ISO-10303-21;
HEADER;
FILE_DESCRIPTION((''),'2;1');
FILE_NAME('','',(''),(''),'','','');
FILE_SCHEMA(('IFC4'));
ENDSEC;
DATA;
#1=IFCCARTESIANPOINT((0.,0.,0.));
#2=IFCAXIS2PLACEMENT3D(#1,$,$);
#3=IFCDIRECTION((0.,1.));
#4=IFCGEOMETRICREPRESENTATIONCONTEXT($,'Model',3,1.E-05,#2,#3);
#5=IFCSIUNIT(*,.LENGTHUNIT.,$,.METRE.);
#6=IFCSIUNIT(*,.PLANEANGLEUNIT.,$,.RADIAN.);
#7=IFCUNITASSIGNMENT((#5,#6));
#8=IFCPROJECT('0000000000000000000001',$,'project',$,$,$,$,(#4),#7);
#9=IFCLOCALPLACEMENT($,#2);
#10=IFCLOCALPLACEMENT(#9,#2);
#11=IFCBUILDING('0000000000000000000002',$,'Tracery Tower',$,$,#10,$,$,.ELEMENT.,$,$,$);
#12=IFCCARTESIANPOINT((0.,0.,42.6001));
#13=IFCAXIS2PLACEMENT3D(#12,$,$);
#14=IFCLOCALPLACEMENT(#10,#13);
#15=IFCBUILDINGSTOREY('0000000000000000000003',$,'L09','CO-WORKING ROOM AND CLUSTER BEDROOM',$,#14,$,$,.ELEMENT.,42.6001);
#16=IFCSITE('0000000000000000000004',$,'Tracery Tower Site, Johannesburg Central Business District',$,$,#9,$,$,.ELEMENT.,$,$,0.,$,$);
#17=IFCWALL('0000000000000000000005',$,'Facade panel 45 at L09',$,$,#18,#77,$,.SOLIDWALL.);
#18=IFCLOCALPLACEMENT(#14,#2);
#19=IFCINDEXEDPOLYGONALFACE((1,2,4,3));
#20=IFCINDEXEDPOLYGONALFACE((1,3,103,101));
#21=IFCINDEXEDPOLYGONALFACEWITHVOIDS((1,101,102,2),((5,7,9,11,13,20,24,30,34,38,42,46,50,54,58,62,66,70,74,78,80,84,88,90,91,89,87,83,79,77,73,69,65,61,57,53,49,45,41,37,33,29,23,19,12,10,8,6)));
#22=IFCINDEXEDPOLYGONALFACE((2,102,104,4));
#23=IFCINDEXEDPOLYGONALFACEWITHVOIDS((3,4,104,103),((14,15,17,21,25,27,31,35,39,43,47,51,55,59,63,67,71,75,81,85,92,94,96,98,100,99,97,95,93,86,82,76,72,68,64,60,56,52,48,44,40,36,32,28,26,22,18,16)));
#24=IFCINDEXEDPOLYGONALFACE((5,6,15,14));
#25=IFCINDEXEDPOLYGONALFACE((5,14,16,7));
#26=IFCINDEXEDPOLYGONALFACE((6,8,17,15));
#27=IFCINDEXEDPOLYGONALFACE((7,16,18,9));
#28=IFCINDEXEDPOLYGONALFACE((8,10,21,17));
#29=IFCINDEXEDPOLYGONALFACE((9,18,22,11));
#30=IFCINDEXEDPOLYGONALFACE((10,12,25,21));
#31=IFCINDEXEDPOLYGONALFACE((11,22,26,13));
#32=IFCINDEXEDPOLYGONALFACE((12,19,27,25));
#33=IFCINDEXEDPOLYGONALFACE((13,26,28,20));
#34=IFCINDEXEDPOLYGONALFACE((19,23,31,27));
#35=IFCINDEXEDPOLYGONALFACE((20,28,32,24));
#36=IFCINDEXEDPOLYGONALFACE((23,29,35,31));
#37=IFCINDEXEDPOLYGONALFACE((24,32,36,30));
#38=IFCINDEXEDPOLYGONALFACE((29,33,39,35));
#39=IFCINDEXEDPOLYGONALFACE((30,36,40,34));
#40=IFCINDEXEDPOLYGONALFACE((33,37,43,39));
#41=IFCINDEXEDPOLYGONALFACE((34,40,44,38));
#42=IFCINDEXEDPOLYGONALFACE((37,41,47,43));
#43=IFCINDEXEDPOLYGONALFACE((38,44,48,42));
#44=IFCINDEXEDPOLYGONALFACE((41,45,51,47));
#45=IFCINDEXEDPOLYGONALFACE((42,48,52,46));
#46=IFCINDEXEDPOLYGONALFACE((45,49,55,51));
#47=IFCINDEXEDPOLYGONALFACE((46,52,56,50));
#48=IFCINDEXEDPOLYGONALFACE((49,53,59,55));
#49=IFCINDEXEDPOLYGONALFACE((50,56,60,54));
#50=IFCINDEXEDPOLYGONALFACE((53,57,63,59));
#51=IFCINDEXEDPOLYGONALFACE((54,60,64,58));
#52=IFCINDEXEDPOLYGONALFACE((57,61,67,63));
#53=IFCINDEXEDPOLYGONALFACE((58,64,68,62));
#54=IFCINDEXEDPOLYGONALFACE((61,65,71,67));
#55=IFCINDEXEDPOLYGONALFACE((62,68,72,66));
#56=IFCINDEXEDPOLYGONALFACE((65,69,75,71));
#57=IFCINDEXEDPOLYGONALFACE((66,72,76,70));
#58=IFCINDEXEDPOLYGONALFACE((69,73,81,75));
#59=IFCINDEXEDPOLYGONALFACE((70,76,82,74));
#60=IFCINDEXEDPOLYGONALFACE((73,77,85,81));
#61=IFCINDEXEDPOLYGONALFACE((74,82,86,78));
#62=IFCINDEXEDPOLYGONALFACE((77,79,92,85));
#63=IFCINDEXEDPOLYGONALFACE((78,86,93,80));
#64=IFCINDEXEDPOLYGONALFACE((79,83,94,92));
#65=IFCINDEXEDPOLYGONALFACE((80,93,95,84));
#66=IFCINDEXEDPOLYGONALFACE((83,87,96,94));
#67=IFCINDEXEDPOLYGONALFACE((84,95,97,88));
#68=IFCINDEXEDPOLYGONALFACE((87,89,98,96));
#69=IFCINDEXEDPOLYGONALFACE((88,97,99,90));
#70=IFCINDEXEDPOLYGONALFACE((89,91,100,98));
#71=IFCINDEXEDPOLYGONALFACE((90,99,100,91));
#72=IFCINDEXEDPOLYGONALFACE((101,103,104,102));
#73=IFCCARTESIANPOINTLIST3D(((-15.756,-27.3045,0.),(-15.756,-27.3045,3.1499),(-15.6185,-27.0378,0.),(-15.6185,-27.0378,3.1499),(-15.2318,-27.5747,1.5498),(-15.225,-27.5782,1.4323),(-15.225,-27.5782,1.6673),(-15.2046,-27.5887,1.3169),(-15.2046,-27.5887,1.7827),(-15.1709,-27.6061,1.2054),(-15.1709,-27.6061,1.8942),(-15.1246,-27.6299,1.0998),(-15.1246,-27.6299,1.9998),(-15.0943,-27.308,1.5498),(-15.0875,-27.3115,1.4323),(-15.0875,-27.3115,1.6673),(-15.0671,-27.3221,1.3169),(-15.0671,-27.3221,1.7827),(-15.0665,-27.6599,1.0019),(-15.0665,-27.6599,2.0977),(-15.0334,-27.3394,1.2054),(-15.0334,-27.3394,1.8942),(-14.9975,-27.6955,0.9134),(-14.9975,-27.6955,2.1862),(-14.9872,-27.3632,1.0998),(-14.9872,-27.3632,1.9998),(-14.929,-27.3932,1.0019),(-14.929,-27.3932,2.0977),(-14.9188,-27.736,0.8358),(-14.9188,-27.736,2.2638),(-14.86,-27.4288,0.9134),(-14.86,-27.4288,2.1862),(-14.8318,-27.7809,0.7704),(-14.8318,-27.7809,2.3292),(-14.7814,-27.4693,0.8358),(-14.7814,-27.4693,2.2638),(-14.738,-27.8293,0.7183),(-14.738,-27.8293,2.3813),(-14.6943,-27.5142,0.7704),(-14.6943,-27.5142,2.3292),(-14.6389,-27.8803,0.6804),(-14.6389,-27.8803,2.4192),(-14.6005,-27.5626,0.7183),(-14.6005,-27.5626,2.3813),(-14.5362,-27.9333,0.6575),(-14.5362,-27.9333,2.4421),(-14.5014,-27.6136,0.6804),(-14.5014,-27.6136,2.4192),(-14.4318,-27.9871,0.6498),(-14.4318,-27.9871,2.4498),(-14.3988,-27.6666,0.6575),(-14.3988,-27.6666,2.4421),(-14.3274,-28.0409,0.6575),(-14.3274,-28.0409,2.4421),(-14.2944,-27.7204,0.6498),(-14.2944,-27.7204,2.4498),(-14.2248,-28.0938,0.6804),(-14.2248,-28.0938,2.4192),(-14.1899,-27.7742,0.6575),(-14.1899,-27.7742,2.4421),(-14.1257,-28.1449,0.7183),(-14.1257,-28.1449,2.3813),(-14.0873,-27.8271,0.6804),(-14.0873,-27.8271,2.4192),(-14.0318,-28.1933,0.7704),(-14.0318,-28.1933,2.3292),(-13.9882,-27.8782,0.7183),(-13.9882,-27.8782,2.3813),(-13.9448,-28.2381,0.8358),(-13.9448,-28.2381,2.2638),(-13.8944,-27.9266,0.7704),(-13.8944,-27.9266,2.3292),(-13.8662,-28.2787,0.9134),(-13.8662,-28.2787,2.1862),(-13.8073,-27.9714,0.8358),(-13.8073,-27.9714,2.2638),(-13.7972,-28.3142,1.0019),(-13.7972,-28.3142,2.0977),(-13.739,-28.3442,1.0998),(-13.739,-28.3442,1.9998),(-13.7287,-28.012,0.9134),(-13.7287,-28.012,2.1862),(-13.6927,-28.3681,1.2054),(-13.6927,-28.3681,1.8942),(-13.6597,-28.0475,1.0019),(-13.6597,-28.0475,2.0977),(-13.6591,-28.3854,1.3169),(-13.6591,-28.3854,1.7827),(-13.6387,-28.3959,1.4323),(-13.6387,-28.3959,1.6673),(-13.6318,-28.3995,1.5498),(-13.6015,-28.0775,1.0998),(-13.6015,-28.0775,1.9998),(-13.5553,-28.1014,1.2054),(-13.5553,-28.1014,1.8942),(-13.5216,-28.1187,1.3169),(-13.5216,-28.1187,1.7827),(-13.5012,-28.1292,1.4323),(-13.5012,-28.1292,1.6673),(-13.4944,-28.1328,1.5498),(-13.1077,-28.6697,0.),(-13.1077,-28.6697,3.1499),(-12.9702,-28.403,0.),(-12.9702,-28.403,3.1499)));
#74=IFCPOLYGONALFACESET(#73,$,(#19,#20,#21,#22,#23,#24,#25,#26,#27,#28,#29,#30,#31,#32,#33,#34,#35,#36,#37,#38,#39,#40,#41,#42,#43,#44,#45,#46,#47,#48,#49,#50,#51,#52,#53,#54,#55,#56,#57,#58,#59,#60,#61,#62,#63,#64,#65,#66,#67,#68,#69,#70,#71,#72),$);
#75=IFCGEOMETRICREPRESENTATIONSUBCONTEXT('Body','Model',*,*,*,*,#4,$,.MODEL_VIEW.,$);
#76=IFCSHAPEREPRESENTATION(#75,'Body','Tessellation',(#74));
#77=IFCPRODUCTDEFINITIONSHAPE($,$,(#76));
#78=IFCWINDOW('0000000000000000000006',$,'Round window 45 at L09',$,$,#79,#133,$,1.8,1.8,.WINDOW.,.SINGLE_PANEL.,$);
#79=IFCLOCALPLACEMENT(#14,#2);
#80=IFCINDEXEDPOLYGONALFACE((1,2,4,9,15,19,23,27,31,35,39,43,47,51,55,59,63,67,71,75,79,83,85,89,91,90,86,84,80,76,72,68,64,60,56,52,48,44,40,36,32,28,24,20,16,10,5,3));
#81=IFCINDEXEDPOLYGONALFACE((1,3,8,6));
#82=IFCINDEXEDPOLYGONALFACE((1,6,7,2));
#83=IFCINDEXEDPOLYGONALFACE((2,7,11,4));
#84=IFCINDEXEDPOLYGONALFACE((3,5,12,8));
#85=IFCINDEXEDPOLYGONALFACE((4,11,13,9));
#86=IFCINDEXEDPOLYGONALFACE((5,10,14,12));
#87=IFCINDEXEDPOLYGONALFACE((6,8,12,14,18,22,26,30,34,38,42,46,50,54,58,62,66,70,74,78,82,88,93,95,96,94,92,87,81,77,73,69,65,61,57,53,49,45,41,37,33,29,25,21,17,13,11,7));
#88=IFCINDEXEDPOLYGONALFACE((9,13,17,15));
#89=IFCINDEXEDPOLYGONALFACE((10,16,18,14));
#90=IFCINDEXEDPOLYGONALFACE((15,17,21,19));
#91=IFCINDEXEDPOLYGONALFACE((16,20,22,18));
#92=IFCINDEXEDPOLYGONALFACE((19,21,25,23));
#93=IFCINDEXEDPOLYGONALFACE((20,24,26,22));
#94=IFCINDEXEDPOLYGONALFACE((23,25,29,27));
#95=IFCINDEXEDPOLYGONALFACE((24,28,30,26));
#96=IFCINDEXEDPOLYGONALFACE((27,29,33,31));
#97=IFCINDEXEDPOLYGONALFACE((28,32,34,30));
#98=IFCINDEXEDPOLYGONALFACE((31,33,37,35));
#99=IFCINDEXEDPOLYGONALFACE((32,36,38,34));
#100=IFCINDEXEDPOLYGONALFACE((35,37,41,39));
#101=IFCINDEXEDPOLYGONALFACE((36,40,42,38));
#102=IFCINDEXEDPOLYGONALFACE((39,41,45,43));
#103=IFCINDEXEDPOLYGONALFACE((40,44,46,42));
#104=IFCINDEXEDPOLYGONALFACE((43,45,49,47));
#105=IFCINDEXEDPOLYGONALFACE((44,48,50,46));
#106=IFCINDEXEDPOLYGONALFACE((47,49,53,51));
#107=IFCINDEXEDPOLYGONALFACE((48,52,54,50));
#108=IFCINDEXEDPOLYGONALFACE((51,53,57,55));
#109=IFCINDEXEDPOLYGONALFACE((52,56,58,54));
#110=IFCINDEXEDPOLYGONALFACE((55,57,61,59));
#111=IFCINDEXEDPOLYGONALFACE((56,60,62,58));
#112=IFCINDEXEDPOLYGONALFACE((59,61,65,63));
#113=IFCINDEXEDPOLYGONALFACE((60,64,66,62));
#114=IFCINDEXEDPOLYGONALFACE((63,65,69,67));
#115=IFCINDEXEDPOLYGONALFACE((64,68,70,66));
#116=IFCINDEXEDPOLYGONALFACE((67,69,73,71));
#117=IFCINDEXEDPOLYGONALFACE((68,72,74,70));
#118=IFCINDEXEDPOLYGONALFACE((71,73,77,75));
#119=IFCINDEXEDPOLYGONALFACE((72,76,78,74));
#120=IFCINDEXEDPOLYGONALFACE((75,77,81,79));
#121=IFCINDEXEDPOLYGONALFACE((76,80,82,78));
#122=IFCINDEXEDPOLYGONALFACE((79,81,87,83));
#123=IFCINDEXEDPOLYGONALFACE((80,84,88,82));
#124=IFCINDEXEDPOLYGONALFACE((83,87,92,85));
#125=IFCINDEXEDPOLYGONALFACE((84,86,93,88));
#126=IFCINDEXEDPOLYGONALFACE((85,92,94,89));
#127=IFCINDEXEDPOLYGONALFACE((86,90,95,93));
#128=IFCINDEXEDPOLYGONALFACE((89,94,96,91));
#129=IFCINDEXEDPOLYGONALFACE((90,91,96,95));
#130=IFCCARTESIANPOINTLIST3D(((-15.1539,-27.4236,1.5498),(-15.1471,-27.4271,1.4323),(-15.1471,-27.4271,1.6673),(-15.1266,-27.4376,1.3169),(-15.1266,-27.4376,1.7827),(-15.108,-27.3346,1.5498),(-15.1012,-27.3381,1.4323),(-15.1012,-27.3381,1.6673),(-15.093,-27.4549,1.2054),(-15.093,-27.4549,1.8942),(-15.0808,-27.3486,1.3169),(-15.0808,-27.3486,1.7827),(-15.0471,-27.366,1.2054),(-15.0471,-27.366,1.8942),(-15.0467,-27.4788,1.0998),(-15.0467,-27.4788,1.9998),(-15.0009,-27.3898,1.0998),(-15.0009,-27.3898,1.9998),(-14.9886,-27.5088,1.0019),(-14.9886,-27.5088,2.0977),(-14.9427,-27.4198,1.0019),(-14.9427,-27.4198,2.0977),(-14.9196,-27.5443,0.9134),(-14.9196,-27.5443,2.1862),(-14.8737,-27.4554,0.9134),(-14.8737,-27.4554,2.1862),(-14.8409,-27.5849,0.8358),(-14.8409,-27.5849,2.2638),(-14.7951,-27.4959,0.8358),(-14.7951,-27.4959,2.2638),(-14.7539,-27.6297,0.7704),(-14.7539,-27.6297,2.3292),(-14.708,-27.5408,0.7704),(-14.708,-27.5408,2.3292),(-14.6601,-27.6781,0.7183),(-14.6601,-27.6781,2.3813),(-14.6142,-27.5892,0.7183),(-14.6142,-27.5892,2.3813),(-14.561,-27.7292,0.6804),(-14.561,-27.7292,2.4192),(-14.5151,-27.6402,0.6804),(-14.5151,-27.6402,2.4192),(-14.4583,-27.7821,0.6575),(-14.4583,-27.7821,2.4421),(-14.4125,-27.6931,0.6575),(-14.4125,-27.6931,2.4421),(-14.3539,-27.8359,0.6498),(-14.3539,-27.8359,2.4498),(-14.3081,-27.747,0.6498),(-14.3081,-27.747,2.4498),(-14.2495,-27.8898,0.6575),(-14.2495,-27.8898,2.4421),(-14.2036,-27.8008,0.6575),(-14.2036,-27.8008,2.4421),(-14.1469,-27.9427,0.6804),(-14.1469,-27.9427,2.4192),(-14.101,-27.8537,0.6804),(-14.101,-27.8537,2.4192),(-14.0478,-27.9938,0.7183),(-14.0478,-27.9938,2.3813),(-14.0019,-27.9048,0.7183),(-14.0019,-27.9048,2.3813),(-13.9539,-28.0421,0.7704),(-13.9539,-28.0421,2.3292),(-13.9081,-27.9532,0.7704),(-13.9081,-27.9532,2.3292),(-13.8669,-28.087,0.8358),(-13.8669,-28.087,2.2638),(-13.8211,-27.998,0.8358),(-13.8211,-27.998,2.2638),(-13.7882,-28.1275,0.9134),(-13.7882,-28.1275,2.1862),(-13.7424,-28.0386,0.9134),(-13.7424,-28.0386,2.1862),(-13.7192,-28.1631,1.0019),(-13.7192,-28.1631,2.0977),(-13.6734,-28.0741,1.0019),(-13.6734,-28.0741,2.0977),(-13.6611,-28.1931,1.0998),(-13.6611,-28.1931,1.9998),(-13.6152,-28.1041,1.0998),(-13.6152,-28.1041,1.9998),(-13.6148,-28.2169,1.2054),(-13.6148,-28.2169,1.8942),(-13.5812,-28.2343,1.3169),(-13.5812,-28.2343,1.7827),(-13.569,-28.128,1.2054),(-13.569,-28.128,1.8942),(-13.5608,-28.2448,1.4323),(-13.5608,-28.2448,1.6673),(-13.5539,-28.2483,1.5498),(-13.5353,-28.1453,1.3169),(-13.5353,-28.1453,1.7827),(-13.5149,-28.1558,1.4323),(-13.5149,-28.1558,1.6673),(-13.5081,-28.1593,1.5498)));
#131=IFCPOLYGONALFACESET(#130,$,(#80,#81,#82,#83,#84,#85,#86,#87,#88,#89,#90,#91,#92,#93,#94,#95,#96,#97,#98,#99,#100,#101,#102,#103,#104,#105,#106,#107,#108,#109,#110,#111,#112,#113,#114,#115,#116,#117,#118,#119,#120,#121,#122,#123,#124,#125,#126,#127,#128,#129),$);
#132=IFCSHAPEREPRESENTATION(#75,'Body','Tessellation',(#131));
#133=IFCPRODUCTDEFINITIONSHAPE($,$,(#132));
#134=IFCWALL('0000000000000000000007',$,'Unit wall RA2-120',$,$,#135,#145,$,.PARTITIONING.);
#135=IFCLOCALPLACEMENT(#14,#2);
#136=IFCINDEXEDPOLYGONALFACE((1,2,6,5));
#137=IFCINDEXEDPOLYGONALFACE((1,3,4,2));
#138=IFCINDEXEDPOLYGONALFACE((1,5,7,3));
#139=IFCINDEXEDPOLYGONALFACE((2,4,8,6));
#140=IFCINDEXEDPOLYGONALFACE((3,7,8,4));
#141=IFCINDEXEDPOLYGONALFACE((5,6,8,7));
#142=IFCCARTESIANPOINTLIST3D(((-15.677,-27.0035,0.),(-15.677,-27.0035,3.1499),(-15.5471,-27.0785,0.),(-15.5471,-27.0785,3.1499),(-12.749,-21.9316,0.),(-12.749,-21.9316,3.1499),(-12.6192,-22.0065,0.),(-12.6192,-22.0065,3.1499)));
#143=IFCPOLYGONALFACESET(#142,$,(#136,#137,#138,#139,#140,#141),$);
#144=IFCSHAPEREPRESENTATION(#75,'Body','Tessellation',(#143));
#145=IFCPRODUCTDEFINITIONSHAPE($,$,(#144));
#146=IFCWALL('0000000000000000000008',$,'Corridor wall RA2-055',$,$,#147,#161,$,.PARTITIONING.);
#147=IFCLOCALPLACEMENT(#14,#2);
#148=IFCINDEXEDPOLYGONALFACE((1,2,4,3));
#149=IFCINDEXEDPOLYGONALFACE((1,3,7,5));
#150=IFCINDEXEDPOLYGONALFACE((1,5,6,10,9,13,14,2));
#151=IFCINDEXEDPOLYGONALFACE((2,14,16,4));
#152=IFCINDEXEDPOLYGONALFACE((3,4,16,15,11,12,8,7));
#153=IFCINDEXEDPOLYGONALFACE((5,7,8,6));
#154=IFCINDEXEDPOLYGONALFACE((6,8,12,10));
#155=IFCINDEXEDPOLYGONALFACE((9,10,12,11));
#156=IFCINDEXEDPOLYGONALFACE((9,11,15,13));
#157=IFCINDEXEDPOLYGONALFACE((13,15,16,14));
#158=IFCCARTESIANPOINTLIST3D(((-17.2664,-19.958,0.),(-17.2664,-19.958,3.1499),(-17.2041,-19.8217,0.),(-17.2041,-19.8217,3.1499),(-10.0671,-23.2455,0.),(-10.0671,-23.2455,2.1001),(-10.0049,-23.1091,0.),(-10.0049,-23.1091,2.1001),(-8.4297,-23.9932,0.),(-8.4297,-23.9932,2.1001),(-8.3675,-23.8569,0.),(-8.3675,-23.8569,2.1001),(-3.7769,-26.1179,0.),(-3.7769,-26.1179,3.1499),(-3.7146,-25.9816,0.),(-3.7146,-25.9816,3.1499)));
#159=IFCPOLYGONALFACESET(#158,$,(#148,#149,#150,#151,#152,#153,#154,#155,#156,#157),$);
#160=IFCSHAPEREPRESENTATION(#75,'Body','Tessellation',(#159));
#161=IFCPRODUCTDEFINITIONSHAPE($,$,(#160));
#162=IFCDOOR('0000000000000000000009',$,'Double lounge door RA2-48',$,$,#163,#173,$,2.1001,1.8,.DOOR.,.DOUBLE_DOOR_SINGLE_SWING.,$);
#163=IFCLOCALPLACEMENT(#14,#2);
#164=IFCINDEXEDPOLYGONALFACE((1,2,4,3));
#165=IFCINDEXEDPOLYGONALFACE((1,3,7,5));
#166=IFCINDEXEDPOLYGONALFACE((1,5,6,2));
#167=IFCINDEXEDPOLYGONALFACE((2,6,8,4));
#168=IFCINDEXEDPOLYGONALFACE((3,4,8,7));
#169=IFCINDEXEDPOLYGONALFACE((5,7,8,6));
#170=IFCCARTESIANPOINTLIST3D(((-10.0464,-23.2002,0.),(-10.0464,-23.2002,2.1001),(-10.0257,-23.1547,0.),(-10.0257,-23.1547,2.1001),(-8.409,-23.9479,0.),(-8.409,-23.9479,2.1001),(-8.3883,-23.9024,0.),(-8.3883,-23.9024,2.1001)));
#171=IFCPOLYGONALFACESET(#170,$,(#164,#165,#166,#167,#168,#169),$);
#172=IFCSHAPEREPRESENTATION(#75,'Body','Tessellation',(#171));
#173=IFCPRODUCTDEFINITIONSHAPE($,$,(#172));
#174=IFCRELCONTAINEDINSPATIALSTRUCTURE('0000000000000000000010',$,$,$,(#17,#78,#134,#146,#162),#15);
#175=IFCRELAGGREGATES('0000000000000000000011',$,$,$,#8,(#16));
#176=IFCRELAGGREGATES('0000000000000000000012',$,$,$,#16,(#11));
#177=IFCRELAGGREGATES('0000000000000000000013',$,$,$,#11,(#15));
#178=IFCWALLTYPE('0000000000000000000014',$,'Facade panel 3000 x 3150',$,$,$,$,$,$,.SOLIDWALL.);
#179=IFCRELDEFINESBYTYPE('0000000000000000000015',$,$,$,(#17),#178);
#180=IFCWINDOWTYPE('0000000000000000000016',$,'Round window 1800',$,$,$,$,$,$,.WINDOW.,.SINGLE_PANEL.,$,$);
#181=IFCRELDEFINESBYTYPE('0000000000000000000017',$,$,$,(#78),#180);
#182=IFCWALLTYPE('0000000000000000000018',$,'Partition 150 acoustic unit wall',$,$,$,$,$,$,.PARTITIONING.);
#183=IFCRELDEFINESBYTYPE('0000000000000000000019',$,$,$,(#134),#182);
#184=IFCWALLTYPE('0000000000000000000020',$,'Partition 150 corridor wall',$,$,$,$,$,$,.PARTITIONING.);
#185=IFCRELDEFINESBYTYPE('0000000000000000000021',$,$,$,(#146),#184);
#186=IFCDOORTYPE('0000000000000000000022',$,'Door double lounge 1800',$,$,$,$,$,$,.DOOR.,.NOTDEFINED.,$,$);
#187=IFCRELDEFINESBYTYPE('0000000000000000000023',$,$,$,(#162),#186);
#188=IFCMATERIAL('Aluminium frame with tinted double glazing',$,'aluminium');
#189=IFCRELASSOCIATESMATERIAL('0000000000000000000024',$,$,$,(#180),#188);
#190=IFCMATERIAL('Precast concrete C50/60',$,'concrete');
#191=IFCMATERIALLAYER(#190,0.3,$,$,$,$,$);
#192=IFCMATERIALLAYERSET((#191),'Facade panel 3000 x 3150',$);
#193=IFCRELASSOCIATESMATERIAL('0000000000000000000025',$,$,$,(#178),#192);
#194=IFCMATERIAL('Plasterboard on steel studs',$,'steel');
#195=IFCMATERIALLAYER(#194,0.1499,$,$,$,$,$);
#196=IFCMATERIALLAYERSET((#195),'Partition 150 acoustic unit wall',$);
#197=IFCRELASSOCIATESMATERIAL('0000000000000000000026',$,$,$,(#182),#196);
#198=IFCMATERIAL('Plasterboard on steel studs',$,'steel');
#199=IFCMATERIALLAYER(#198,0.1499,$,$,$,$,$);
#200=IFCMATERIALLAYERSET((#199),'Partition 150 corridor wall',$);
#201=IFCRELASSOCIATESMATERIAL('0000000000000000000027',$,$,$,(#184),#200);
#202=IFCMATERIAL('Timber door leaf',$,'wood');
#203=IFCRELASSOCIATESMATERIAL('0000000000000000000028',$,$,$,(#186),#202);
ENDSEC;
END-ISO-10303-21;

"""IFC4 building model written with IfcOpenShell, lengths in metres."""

from ifc_helpers import new_model, si_unit, direction, frame, frame_2d, origin, origin_2d, place, context, subcontext, project, spatial, rectangle, circle, extrude, material, layer, layer_set, type_object, element, fill, save


model = new_model("IFC4")

# Units and contexts
model_context = context("Model", 3, precision=1e-05, world=origin(), true_north=direction((0.0, 1.0)))
body_context = subcontext(model_context, "Body", "Model", "MODEL_VIEW")
ifc_project = project(units=[si_unit("LENGTHUNIT", "METRE"), si_unit("PLANEANGLEUNIT", "RADIAN")], contexts=[model_context])

# Site, building, storey
site_placement = place(None, origin())
site = spatial("IfcSite", under=ifc_project, at=site_placement, Name="Tracery Tower Site, Johannesburg Central Business District", CompositionType="ELEMENT", RefElevation=0.0)
building_placement = place(site_placement, origin())
building = spatial("IfcBuilding", under=site, at=building_placement, Name="Tracery Tower", CompositionType="ELEMENT")
storey_placement = place(building_placement, frame((0.0, 0.0, 42.6001)))
storey = spatial("IfcBuildingStorey", under=building, at=storey_placement, Name="L09", Description="CO-WORKING ROOM AND CLUSTER BEDROOM", CompositionType="ELEMENT", Elevation=42.6001)

# Wall, opening, window
ifc_material_1 = material(Name="Aluminium frame with tinted double glazing", Category="aluminium")
window_type = type_object("IfcWindowType", Name="Round window 1800", PartitioningType="SINGLE_PANEL", PredefinedType="WINDOW", material=ifc_material_1)
ifc_material_2 = material(Name="Precast concrete C50/60", Category="concrete")
ifc_layer_1 = layer(ifc_material_2, 0.3)
ifc_layer_set_1 = layer_set([ifc_layer_1], Name="Facade panel 3000 x 3150")
wall_type_1 = type_object("IfcWallType", Name="Facade panel 3000 x 3150", PredefinedType="SOLIDWALL", material=ifc_layer_set_1)
wall_1_placement = place(storey_placement, frame((-15.6873, -27.1711, 0.0), z_axis=(0.0, 0.0, 1.0), x_axis=(0.888853, -0.458192, 0.0)))
wall_1 = element("IfcWall", 1, at=wall_1_placement, inside=storey, type_object=wall_type_1, Name="Facade panel 45 at L09", PredefinedType="SOLIDWALL", context=body_context, shape_type="SweptSolid", body=[
    extrude(rectangle(XDim=2.9795, YDim=0.3, at=frame_2d((1.4897, 0.0))), origin(), (0.0, 0.0, 1.0), 3.1499),
])
opening_1_placement = place(wall_1_placement, frame((1.4897, 0.0, 1.5498)))
opening_1 = element("IfcOpeningElement", 2, at=opening_1_placement, cuts=wall_1, PredefinedType="OPENING", context=body_context, shape_type="SweptSolid", body=[
    extrude(circle(Radius=0.9, at=origin_2d()), frame((0.0, 0.1599, 0.0), z_axis=(0.0, -1.0, 0.0), x_axis=(1.0, 0.0, 0.0)), (0.0, 0.0, 1.0), 0.3201),
])
window_1_placement = place(opening_1_placement, origin())
window_1 = element("IfcWindow", 3, at=window_1_placement, inside=storey, type_object=window_type, Name="Round window 45 at L09", OverallHeight=1.8, OverallWidth=1.8, PartitioningType="SINGLE_PANEL", PredefinedType="WINDOW", context=body_context, shape_type="SweptSolid", body=[
    extrude(circle(Radius=0.9, at=origin_2d()), frame((0.0, 0.1201, 0.0), z_axis=(0.0, -1.0, 0.0), x_axis=(1.0, 0.0, 0.0)), (0.0, 0.0, 1.0), 0.1001),
])
fill(opening_1, window_1)

# Wall
ifc_material_3 = material(Name="Plasterboard on steel studs", Category="steel")
ifc_layer_2 = layer(ifc_material_3, 0.1499)
ifc_layer_set_2 = layer_set([ifc_layer_2], Name="Partition 150 acoustic unit wall")
wall_type_2 = type_object("IfcWallType", Name="Partition 150 acoustic unit wall", PredefinedType="PARTITIONING", material=ifc_layer_set_2)
wall_2_placement = place(storey_placement, frame((-15.6121, -27.041, 0.0), z_axis=(0.0, 0.0, 1.0), x_axis=(0.499955, 0.866052, 0.0)))
element("IfcWall", 4, at=wall_2_placement, inside=storey, type_object=wall_type_2, Name="Unit wall RA2-120", PredefinedType="PARTITIONING", context=body_context, shape_type="SweptSolid", body=[
    extrude(rectangle(XDim=5.8564, YDim=0.1499, at=frame_2d((2.9282, 0.0))), origin(), (0.0, 0.0, 1.0), 3.1499),
])

# Wall, opening, door
ifc_material_4 = material(Name="Plasterboard on steel studs", Category="steel")
ifc_layer_3 = layer(ifc_material_4, 0.1499)
ifc_layer_set_3 = layer_set([ifc_layer_3], Name="Partition 150 corridor wall")
wall_type_3 = type_object("IfcWallType", Name="Partition 150 corridor wall", PredefinedType="PARTITIONING", material=ifc_layer_set_3)
wall_3_placement = place(storey_placement, frame((-17.2351, -19.8899, 0.0), z_axis=(0.0, 0.0, 1.0), x_axis=(0.909646, -0.415385, 0.0)))
wall_3 = element("IfcWall", 5, at=wall_3_placement, inside=storey, type_object=wall_type_3, Name="Corridor wall RA2-055", PredefinedType="PARTITIONING", context=body_context, shape_type="SweptSolid", body=[
    extrude(rectangle(XDim=14.8293, YDim=0.1499, at=frame_2d((7.4146, 0.0))), origin(), (0.0, 0.0, 1.0), 3.1499),
])
opening_2_placement = place(wall_3_placement, frame((7.9143, 0.0, 0.0)))
opening_2 = element("IfcOpeningElement", 6, at=opening_2_placement, cuts=wall_3, PredefinedType="OPENING", context=body_context, shape_type="SweptSolid", body=[
    extrude(rectangle(XDim=1.8, YDim=2.1001, at=frame_2d((0.8999, 1.05))), frame((0.0, 0.075, 0.0), z_axis=(0.0, -1.0, 0.0), x_axis=(1.0, 0.0, 0.0)), (0.0, 0.0, 1.0), 0.1499),
])
ifc_material_5 = material(Name="Timber door leaf", Category="wood")
door_type = type_object("IfcDoorType", Name="Door double lounge 1800", OperationType="NOTDEFINED", PredefinedType="DOOR", material=ifc_material_5)
door_placement = place(opening_2_placement, origin())
door = element("IfcDoor", 7, at=door_placement, inside=storey, type_object=door_type, Name="Double lounge door RA2-48", OperationType="DOUBLE_DOOR_SINGLE_SWING", OverallHeight=2.1001, OverallWidth=1.8, PredefinedType="DOOR", context=body_context, shape_type="SweptSolid", body=[
    extrude(rectangle(XDim=1.8, YDim=2.1001, at=frame_2d((0.8999, 1.05))), frame((0.0, 0.0249, 0.0), z_axis=(0.0, -1.0, 0.0), x_axis=(1.0, 0.0, 0.0)), (0.0, 0.0, 1.0), 0.05),
])
fill(opening_2, door)

save(model, "model.ifc")
